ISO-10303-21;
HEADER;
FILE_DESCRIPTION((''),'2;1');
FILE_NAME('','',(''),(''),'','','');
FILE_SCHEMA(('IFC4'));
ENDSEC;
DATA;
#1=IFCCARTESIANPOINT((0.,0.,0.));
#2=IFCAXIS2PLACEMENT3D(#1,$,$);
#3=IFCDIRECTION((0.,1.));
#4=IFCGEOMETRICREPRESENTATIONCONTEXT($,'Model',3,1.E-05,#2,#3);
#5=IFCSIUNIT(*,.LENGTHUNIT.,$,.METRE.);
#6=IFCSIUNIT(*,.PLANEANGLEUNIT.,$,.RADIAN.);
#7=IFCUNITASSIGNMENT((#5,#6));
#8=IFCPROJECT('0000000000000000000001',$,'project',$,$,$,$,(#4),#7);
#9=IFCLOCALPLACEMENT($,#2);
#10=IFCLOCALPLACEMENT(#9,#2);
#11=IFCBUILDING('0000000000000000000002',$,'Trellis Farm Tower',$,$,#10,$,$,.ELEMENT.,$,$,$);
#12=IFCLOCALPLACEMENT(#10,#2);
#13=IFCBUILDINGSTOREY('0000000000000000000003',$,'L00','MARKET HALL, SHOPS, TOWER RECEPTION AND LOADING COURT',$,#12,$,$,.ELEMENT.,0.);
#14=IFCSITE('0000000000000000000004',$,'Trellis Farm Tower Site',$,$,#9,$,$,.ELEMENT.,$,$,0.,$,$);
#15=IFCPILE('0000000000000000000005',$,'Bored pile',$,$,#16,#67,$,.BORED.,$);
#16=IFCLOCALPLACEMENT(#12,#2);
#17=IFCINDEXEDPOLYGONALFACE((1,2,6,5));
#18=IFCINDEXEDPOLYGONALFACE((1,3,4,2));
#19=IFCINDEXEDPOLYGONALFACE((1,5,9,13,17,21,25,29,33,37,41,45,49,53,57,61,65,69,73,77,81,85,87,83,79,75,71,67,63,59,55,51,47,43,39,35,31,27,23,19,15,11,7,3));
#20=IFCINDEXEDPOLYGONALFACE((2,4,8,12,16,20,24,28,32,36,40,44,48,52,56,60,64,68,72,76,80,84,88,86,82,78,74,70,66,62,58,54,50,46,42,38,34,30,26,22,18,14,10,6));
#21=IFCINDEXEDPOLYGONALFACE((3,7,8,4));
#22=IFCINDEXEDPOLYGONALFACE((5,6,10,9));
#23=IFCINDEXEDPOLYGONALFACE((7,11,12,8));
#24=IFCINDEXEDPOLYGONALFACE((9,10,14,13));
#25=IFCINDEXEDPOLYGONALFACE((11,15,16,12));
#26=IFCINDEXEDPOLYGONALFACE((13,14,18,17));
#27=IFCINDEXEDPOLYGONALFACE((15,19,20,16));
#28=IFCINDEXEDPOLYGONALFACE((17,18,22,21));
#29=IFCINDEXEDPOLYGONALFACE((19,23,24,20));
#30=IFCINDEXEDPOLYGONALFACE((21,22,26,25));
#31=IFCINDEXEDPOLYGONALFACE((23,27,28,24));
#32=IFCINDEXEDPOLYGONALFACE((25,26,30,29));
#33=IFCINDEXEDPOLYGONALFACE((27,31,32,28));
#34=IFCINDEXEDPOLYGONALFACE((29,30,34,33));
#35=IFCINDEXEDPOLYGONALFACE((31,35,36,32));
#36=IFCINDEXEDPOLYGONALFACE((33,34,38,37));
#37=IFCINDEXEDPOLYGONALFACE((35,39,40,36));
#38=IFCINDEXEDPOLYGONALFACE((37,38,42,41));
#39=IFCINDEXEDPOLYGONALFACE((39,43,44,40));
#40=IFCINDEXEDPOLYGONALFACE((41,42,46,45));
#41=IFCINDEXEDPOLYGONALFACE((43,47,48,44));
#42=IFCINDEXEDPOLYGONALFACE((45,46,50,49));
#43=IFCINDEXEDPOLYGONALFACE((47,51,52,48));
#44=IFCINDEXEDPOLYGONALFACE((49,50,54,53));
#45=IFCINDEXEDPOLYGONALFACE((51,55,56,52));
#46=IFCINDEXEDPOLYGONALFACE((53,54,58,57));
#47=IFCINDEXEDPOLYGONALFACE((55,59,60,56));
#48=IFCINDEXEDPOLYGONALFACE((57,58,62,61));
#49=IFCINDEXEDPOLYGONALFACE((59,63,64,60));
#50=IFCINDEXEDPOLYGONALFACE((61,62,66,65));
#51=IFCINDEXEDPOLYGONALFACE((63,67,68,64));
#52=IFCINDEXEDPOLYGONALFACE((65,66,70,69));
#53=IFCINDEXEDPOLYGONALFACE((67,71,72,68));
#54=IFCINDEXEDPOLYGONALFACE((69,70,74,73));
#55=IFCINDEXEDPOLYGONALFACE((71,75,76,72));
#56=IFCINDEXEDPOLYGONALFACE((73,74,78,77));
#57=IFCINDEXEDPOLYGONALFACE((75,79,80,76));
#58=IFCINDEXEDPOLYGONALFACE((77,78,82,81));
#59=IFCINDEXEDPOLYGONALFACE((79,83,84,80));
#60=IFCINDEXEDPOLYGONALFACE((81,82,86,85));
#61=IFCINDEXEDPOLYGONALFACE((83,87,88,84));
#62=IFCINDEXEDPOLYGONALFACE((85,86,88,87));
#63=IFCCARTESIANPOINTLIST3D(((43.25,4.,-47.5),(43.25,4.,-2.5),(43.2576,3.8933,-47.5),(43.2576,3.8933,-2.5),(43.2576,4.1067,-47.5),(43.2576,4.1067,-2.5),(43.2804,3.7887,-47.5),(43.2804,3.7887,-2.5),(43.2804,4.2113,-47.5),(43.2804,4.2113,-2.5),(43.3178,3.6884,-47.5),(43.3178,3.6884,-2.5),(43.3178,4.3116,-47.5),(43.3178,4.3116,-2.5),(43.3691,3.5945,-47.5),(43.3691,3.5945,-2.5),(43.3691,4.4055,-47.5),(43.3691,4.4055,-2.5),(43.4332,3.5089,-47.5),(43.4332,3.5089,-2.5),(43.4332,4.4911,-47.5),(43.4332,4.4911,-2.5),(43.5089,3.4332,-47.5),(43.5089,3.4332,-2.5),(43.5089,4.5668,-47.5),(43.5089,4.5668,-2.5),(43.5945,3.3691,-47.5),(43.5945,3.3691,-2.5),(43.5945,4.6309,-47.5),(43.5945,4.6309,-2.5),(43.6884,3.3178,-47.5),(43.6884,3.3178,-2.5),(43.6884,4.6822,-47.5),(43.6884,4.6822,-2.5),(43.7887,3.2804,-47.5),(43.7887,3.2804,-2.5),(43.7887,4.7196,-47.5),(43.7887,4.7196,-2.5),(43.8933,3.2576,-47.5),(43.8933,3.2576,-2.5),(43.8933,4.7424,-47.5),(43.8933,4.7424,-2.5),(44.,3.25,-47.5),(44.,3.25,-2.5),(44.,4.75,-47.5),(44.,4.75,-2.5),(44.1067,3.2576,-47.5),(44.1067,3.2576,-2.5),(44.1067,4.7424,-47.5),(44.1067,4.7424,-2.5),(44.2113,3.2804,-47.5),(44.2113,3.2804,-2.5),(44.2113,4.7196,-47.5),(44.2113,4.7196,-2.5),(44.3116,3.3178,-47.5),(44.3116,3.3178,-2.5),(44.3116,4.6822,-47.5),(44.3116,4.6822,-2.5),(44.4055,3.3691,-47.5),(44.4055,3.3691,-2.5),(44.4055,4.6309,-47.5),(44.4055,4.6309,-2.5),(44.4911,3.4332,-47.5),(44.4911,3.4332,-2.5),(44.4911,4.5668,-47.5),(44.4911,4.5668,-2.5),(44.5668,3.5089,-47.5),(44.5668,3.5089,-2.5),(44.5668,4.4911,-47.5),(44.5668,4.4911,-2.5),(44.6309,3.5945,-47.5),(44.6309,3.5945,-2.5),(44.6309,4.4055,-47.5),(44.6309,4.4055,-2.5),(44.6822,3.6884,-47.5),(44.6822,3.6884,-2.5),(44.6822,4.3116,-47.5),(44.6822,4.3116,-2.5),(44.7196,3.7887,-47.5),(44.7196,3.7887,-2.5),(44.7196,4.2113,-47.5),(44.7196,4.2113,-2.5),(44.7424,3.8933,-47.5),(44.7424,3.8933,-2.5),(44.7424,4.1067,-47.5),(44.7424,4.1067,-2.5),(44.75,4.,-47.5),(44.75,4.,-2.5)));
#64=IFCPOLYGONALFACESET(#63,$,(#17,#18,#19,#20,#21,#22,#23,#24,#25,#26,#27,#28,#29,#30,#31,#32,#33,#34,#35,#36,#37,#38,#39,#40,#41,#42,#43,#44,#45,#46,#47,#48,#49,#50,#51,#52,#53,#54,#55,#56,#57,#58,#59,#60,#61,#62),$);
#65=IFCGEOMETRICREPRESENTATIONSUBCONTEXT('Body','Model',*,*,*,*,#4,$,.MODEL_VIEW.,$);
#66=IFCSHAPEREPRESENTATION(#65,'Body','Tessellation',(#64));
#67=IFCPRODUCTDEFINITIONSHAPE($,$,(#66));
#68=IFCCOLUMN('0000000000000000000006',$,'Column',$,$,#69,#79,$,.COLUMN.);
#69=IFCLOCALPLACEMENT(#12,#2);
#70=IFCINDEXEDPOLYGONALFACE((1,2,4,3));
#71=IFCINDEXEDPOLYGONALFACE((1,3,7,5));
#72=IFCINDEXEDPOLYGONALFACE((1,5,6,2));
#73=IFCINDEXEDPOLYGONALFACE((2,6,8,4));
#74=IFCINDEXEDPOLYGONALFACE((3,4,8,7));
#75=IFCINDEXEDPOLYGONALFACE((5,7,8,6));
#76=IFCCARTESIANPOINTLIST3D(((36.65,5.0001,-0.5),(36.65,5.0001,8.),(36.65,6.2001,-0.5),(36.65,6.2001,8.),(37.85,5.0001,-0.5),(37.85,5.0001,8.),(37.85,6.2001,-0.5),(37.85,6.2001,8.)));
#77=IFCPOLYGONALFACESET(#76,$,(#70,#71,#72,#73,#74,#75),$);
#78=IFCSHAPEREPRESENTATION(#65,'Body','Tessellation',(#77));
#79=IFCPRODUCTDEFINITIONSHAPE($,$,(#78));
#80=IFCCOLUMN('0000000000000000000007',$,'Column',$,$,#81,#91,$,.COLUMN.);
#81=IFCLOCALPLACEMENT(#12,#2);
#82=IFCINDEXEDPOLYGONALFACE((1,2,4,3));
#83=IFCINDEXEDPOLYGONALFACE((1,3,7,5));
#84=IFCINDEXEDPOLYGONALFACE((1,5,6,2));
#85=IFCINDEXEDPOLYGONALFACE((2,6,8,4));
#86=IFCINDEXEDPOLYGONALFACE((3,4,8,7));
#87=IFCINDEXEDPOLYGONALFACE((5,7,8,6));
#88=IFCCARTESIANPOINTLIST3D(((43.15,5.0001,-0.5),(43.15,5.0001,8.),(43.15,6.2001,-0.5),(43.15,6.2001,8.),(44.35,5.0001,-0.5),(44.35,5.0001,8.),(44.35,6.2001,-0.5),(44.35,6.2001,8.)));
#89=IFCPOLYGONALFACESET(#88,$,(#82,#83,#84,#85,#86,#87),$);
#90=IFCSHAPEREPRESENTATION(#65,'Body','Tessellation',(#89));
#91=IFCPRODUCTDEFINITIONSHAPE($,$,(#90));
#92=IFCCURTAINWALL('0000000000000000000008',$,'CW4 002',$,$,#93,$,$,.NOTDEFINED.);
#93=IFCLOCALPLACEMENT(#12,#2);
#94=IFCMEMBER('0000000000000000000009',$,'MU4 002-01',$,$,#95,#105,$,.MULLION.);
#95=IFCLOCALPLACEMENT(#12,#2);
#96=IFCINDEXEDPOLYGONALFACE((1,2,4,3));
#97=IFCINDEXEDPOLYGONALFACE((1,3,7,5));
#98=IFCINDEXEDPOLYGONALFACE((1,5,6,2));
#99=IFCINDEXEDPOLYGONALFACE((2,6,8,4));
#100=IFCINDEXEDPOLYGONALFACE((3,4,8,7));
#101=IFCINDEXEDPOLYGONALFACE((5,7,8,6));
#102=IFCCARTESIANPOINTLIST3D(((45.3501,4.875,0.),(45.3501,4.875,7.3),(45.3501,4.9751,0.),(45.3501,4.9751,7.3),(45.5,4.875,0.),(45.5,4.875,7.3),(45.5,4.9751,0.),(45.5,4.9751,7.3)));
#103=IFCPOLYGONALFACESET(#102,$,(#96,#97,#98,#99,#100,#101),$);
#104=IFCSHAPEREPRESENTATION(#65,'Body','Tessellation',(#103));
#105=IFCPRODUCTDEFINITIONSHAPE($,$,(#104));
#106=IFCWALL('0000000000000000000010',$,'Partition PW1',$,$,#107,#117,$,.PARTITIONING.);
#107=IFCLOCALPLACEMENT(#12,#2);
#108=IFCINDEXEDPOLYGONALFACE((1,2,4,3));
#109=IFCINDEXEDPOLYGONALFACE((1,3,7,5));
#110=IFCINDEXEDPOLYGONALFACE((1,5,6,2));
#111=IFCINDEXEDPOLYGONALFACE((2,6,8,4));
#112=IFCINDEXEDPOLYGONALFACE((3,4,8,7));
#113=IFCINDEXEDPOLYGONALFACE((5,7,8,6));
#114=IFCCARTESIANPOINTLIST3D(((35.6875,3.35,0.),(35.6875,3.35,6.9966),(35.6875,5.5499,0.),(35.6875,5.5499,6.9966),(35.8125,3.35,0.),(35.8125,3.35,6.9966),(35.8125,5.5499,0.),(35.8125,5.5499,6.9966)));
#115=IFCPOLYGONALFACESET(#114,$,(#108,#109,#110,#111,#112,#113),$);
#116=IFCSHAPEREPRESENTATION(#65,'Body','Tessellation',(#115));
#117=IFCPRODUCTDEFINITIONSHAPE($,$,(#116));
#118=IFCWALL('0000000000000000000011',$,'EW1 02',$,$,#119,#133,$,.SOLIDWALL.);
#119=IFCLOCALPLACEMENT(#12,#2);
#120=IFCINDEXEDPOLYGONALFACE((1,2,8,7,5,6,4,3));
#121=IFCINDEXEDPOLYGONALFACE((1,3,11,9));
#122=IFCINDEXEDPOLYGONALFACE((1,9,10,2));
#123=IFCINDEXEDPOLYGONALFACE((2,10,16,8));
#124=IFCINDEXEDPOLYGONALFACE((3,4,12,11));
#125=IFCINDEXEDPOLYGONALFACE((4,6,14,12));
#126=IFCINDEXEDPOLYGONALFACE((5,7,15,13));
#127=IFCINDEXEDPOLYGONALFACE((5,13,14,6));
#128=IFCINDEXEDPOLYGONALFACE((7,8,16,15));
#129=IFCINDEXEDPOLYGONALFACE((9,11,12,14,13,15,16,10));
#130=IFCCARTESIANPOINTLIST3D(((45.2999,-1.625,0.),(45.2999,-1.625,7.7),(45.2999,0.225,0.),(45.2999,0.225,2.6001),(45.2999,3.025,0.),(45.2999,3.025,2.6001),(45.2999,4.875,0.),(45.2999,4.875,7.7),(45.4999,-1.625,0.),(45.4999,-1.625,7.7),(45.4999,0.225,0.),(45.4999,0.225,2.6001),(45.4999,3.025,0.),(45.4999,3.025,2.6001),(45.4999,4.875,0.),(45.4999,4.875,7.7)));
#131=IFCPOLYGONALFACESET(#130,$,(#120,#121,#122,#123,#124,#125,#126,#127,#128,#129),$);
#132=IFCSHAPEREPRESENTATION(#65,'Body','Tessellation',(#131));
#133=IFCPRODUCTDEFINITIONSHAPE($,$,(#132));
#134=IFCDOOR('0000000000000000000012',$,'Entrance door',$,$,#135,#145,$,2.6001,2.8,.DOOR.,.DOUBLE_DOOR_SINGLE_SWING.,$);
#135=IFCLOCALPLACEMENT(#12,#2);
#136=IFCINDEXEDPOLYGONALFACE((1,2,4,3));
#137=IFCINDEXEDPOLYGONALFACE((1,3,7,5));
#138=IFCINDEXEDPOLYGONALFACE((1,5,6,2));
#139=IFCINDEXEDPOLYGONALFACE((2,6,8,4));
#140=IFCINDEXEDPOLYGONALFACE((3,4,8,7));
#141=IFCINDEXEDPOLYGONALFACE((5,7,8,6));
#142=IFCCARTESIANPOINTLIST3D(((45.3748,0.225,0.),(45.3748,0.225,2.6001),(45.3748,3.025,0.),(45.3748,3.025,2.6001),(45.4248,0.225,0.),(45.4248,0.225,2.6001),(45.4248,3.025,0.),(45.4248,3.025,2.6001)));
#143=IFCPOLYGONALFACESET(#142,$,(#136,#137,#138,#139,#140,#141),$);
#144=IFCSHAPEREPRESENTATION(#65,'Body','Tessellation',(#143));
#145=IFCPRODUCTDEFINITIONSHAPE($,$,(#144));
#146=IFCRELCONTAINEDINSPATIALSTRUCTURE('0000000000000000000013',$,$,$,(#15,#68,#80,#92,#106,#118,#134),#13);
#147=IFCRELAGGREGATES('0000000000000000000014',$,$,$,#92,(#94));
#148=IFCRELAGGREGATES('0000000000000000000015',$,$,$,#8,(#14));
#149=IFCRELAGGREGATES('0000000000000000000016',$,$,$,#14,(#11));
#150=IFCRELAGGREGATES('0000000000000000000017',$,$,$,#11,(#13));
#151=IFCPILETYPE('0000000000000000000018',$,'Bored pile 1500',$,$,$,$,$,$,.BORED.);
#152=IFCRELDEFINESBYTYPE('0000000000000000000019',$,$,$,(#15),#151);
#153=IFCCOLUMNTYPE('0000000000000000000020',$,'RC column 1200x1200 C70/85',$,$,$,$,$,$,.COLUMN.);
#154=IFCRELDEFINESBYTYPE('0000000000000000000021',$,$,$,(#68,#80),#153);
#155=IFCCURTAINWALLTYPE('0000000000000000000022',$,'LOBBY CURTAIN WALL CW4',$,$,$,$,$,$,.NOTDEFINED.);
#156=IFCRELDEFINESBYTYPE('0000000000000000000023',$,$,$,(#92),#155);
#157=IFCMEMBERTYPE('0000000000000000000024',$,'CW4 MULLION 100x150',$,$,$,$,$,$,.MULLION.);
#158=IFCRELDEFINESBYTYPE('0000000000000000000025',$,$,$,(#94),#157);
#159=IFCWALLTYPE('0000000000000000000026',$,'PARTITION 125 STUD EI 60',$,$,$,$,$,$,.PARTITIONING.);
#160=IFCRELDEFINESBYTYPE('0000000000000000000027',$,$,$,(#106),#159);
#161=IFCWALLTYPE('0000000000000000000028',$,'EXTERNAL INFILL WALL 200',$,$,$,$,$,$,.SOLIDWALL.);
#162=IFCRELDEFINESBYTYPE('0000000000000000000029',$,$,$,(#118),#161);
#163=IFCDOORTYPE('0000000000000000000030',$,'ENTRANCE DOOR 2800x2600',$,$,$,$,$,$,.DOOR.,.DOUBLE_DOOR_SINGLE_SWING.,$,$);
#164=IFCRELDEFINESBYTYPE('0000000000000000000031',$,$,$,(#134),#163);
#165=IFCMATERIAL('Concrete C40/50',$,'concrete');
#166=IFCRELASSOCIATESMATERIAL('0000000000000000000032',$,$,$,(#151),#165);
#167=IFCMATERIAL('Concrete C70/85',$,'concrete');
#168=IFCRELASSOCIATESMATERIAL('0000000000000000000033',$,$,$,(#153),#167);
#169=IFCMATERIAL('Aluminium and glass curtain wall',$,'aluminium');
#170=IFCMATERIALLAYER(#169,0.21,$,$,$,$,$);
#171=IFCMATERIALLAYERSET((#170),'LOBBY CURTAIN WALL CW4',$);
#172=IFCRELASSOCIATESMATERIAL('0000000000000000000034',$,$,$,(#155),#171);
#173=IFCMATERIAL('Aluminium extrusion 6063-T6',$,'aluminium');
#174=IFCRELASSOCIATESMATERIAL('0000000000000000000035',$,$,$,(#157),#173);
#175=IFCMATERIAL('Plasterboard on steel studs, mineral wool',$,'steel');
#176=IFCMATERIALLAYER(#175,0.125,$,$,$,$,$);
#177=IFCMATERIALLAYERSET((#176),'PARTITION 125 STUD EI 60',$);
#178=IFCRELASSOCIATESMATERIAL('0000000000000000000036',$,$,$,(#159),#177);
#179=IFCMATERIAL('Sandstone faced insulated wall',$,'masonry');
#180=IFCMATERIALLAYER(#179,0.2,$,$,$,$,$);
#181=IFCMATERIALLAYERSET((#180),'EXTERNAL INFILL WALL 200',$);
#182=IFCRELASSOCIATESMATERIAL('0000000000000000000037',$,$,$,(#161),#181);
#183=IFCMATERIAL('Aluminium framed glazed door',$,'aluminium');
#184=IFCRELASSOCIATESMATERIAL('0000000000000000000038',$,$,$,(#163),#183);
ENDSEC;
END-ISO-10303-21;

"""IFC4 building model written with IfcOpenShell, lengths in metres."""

from ifc_helpers import new_model, si_unit, direction, frame, frame_2d, origin, origin_2d, place, context, subcontext, project, spatial, rectangle, circle, extrude, source, transform, mapped, material, layer, layer_set, material_profile, profile_set, type_object, element, fill, aggregate, save


model = new_model("IFC4")

# Units and contexts
model_context = context("Model", 3, precision=1e-05, world=origin(), true_north=direction((0.0, 1.0)))
body_context = subcontext(model_context, "Body", "Model", "MODEL_VIEW")
ifc_project = project(units=[si_unit("LENGTHUNIT", "METRE"), si_unit("PLANEANGLEUNIT", "RADIAN")], contexts=[model_context])

# Site, building, storey
site_placement = place(None, origin())
site = spatial("IfcSite", under=ifc_project, at=site_placement, Name="Trellis Farm Tower Site", CompositionType="ELEMENT", RefElevation=0.0)
building_placement = place(site_placement, origin())
building = spatial("IfcBuilding", under=site, at=building_placement, Name="Trellis Farm Tower", CompositionType="ELEMENT")
storey_placement = place(building_placement, origin())
storey = spatial("IfcBuildingStorey", under=building, at=storey_placement, Name="L00", Description="MARKET HALL, SHOPS, TOWER RECEPTION AND LOADING COURT", CompositionType="ELEMENT", Elevation=0.0)

# Pile
ifc_material_1 = material(Name="Concrete C40/50", Category="concrete")
ifc_material_profile_1 = material_profile(ifc_material_1, circle(Radius=0.75, at=origin_2d()), Name="Bored pile 1500")
ifc_profile_set_1 = profile_set([ifc_material_profile_1], Name="Concrete C40/50")
pile_type = type_object("IfcPileType", Name="Bored pile 1500", PredefinedType="BORED", material=ifc_profile_set_1)
shared_shape_1 = source(origin(), body_context, "Body", "SweptSolid", [
    extrude(circle(Radius=0.75, at=origin_2d()), origin(), (0.0, 0.0, 1.0), 45.0),
])
for number, where, z_axis, x_axis, name in (
    (1, (44.0, 4.0, -2.5), (0.0, 0.0, -1.0), (1.0, 0.0, 0.0), "Bored pile"),
):
    element("IfcPile", number, at=place(storey_placement, frame(where, z_axis=z_axis, x_axis=x_axis)), inside=storey, type_object=pile_type, Name=name, PredefinedType="BORED", context=body_context, shape_type="MappedRepresentation", body=[
        mapped(shared_shape_1, transform((0.0, 0.0, 0.0))),
    ])

# Columns
ifc_material_2 = material(Name="Concrete C70/85", Category="concrete")
ifc_material_profile_2 = material_profile(ifc_material_2, rectangle(XDim=1.2, YDim=1.2, at=origin_2d()), Name="RC column 1200x1200 C70/85")
ifc_profile_set_2 = profile_set([ifc_material_profile_2], Name="Concrete C70/85")
column_type = type_object("IfcColumnType", Name="RC column 1200x1200 C70/85", PredefinedType="COLUMN", material=ifc_profile_set_2)
shared_shape_2 = source(origin(), body_context, "Body", "SweptSolid", [
    extrude(rectangle(XDim=1.2, YDim=1.2, at=origin_2d()), origin(), (0.0, 0.0, 1.0), 8.5),
])
for number, where, z_axis, x_axis, name in (
    (2, (37.25, 5.6001, -0.5), (0.0, 0.0, 1.0), (1.0, 0.0, 0.0), "Column"),
    (3, (43.75, 5.6001, -0.5), (0.0, 0.0, 1.0), (1.0, 0.0, 0.0), "Column"),
):
    element("IfcColumn", number, at=place(storey_placement, frame(where, z_axis=z_axis, x_axis=x_axis)), inside=storey, type_object=column_type, Name=name, PredefinedType="COLUMN", context=body_context, shape_type="MappedRepresentation", body=[
        mapped(shared_shape_2, transform((0.0, 0.0, 0.0))),
    ])

# Curtain wall, member
ifc_material_3 = material(Name="Aluminium and glass curtain wall", Category="aluminium")
ifc_layer_1 = layer(ifc_material_3, 0.21)
ifc_layer_set_1 = layer_set([ifc_layer_1], Name="LOBBY CURTAIN WALL CW4")
curtain_wall_type = type_object("IfcCurtainWallType", Name="LOBBY CURTAIN WALL CW4", PredefinedType="NOTDEFINED", material=ifc_layer_set_1)
curtain_wall_placement = place(storey_placement, origin())
curtain_wall = element("IfcCurtainWall", 4, at=curtain_wall_placement, inside=storey, type_object=curtain_wall_type, Name="CW4 002", PredefinedType="NOTDEFINED")
ifc_material_4 = material(Name="Aluminium extrusion 6063-T6", Category="aluminium")
ifc_material_profile_3 = material_profile(ifc_material_4, rectangle(XDim=0.1001, YDim=0.1499, at=origin_2d()), Name="MULLION 100x150")
ifc_profile_set_3 = profile_set([ifc_material_profile_3], Name="Aluminium extrusion 6063-T6")
member_type = type_object("IfcMemberType", Name="CW4 MULLION 100x150", PredefinedType="MULLION", material=ifc_profile_set_3)
shared_shape_3 = source(origin(), body_context, "Body", "SweptSolid", [
    extrude(rectangle(XDim=0.1001, YDim=0.1499, at=origin_2d()), origin(), (0.0, 0.0, 1.0), 7.3),
])
member_placement = place(storey_placement, frame((45.425, 4.925, 0.0), z_axis=(0.0, 0.0, 1.0), x_axis=(0.0, 1.0, 0.0)))
member = element("IfcMember", 5, at=member_placement, type_object=member_type, Name="MU4 002-01", PredefinedType="MULLION", context=body_context, shape_type="MappedRepresentation", body=[
    mapped(shared_shape_3, transform((0.0, 0.0, 0.0))),
])
aggregate(curtain_wall, [member])

# Wall
ifc_material_5 = material(Name="Plasterboard on steel studs, mineral wool", Category="steel")
ifc_layer_2 = layer(ifc_material_5, 0.125)
ifc_layer_set_2 = layer_set([ifc_layer_2], Name="PARTITION 125 STUD EI 60")
wall_type_1 = type_object("IfcWallType", Name="PARTITION 125 STUD EI 60", PredefinedType="PARTITIONING", material=ifc_layer_set_2)
wall_1_placement = place(storey_placement, frame((35.75, 5.55, 0.0), z_axis=(0.0, 0.0, 1.0), x_axis=(0.0, -1.0, 0.0)))
element("IfcWall", 6, at=wall_1_placement, inside=storey, type_object=wall_type_1, Name="Partition PW1", PredefinedType="PARTITIONING", context=body_context, shape_type="SweptSolid", body=[
    extrude(rectangle(XDim=2.2, YDim=0.125, at=frame_2d((1.1001, 0.0))), origin(), (0.0, 0.0, 1.0), 6.9966),
])

# Wall, opening, door
ifc_material_6 = material(Name="Sandstone faced insulated wall", Category="masonry")
ifc_layer_3 = layer(ifc_material_6, 0.2)
ifc_layer_set_3 = layer_set([ifc_layer_3], Name="EXTERNAL INFILL WALL 200")
wall_type_2 = type_object("IfcWallType", Name="EXTERNAL INFILL WALL 200", PredefinedType="SOLIDWALL", material=ifc_layer_set_3)
shared_shape_4 = source(origin(), body_context, "Body", "SweptSolid", [
    extrude(rectangle(XDim=6.5, YDim=0.2, at=frame_2d((3.25, 0.0))), origin(), (0.0, 0.0, 1.0), 7.7),
])
wall_2_placement = place(storey_placement, frame((45.3999, 4.875, 0.0), z_axis=(0.0, 0.0, 1.0), x_axis=(0.0, -1.0, 0.0)))
wall_2 = element("IfcWall", 7, at=wall_2_placement, inside=storey, type_object=wall_type_2, Name="EW1 02", PredefinedType="SOLIDWALL", context=body_context, shape_type="MappedRepresentation", body=[
    mapped(shared_shape_4, transform((0.0, 0.0, 0.0))),
])
shared_shape_5 = source(origin(), body_context, "Body", "SweptSolid", [
    extrude(rectangle(XDim=2.8, YDim=2.6001, at=frame_2d((1.3999, 1.3))), frame((0.0, 0.1101, 0.0), z_axis=(0.0, -1.0, 0.0), x_axis=(1.0, 0.0, 0.0)), (0.0, 0.0, 1.0), 0.2202),
])
opening_1_placement = place(wall_2_placement, frame((1.8501, 0.0, 0.0)))
opening_1 = element("IfcOpeningElement", 8, at=opening_1_placement, cuts=wall_2, PredefinedType="OPENING", context=body_context, shape_type="MappedRepresentation", body=[
    mapped(shared_shape_5, transform((0.0, 0.0, 0.0))),
])
ifc_material_7 = material(Name="Aluminium framed glazed door", Category="aluminium")
door_type_1 = type_object("IfcDoorType", Name="ENTRANCE DOOR 2800x2600", OperationType="DOUBLE_DOOR_SINGLE_SWING", PredefinedType="DOOR", material=ifc_material_7)
shared_shape_6 = source(origin(), body_context, "Body", "SweptSolid", [
    extrude(rectangle(XDim=2.8, YDim=2.6001, at=frame_2d((1.3999, 1.3))), frame((0.0, 0.0249, 0.0), z_axis=(0.0, -1.0, 0.0), x_axis=(1.0, 0.0, 0.0)), (0.0, 0.0, 1.0), 0.05),
])
door_1_placement = place(opening_1_placement, origin())
door_1 = element("IfcDoor", 9, at=door_1_placement, inside=storey, type_object=door_type_1, Name="Entrance door", OperationType="DOUBLE_DOOR_SINGLE_SWING", OverallHeight=2.6001, OverallWidth=2.8, PredefinedType="DOOR", context=body_context, shape_type="MappedRepresentation", body=[
    mapped(shared_shape_6, transform((0.0, 0.0, 0.0))),
])
fill(opening_1, door_1)

save(model, "model.ifc")
